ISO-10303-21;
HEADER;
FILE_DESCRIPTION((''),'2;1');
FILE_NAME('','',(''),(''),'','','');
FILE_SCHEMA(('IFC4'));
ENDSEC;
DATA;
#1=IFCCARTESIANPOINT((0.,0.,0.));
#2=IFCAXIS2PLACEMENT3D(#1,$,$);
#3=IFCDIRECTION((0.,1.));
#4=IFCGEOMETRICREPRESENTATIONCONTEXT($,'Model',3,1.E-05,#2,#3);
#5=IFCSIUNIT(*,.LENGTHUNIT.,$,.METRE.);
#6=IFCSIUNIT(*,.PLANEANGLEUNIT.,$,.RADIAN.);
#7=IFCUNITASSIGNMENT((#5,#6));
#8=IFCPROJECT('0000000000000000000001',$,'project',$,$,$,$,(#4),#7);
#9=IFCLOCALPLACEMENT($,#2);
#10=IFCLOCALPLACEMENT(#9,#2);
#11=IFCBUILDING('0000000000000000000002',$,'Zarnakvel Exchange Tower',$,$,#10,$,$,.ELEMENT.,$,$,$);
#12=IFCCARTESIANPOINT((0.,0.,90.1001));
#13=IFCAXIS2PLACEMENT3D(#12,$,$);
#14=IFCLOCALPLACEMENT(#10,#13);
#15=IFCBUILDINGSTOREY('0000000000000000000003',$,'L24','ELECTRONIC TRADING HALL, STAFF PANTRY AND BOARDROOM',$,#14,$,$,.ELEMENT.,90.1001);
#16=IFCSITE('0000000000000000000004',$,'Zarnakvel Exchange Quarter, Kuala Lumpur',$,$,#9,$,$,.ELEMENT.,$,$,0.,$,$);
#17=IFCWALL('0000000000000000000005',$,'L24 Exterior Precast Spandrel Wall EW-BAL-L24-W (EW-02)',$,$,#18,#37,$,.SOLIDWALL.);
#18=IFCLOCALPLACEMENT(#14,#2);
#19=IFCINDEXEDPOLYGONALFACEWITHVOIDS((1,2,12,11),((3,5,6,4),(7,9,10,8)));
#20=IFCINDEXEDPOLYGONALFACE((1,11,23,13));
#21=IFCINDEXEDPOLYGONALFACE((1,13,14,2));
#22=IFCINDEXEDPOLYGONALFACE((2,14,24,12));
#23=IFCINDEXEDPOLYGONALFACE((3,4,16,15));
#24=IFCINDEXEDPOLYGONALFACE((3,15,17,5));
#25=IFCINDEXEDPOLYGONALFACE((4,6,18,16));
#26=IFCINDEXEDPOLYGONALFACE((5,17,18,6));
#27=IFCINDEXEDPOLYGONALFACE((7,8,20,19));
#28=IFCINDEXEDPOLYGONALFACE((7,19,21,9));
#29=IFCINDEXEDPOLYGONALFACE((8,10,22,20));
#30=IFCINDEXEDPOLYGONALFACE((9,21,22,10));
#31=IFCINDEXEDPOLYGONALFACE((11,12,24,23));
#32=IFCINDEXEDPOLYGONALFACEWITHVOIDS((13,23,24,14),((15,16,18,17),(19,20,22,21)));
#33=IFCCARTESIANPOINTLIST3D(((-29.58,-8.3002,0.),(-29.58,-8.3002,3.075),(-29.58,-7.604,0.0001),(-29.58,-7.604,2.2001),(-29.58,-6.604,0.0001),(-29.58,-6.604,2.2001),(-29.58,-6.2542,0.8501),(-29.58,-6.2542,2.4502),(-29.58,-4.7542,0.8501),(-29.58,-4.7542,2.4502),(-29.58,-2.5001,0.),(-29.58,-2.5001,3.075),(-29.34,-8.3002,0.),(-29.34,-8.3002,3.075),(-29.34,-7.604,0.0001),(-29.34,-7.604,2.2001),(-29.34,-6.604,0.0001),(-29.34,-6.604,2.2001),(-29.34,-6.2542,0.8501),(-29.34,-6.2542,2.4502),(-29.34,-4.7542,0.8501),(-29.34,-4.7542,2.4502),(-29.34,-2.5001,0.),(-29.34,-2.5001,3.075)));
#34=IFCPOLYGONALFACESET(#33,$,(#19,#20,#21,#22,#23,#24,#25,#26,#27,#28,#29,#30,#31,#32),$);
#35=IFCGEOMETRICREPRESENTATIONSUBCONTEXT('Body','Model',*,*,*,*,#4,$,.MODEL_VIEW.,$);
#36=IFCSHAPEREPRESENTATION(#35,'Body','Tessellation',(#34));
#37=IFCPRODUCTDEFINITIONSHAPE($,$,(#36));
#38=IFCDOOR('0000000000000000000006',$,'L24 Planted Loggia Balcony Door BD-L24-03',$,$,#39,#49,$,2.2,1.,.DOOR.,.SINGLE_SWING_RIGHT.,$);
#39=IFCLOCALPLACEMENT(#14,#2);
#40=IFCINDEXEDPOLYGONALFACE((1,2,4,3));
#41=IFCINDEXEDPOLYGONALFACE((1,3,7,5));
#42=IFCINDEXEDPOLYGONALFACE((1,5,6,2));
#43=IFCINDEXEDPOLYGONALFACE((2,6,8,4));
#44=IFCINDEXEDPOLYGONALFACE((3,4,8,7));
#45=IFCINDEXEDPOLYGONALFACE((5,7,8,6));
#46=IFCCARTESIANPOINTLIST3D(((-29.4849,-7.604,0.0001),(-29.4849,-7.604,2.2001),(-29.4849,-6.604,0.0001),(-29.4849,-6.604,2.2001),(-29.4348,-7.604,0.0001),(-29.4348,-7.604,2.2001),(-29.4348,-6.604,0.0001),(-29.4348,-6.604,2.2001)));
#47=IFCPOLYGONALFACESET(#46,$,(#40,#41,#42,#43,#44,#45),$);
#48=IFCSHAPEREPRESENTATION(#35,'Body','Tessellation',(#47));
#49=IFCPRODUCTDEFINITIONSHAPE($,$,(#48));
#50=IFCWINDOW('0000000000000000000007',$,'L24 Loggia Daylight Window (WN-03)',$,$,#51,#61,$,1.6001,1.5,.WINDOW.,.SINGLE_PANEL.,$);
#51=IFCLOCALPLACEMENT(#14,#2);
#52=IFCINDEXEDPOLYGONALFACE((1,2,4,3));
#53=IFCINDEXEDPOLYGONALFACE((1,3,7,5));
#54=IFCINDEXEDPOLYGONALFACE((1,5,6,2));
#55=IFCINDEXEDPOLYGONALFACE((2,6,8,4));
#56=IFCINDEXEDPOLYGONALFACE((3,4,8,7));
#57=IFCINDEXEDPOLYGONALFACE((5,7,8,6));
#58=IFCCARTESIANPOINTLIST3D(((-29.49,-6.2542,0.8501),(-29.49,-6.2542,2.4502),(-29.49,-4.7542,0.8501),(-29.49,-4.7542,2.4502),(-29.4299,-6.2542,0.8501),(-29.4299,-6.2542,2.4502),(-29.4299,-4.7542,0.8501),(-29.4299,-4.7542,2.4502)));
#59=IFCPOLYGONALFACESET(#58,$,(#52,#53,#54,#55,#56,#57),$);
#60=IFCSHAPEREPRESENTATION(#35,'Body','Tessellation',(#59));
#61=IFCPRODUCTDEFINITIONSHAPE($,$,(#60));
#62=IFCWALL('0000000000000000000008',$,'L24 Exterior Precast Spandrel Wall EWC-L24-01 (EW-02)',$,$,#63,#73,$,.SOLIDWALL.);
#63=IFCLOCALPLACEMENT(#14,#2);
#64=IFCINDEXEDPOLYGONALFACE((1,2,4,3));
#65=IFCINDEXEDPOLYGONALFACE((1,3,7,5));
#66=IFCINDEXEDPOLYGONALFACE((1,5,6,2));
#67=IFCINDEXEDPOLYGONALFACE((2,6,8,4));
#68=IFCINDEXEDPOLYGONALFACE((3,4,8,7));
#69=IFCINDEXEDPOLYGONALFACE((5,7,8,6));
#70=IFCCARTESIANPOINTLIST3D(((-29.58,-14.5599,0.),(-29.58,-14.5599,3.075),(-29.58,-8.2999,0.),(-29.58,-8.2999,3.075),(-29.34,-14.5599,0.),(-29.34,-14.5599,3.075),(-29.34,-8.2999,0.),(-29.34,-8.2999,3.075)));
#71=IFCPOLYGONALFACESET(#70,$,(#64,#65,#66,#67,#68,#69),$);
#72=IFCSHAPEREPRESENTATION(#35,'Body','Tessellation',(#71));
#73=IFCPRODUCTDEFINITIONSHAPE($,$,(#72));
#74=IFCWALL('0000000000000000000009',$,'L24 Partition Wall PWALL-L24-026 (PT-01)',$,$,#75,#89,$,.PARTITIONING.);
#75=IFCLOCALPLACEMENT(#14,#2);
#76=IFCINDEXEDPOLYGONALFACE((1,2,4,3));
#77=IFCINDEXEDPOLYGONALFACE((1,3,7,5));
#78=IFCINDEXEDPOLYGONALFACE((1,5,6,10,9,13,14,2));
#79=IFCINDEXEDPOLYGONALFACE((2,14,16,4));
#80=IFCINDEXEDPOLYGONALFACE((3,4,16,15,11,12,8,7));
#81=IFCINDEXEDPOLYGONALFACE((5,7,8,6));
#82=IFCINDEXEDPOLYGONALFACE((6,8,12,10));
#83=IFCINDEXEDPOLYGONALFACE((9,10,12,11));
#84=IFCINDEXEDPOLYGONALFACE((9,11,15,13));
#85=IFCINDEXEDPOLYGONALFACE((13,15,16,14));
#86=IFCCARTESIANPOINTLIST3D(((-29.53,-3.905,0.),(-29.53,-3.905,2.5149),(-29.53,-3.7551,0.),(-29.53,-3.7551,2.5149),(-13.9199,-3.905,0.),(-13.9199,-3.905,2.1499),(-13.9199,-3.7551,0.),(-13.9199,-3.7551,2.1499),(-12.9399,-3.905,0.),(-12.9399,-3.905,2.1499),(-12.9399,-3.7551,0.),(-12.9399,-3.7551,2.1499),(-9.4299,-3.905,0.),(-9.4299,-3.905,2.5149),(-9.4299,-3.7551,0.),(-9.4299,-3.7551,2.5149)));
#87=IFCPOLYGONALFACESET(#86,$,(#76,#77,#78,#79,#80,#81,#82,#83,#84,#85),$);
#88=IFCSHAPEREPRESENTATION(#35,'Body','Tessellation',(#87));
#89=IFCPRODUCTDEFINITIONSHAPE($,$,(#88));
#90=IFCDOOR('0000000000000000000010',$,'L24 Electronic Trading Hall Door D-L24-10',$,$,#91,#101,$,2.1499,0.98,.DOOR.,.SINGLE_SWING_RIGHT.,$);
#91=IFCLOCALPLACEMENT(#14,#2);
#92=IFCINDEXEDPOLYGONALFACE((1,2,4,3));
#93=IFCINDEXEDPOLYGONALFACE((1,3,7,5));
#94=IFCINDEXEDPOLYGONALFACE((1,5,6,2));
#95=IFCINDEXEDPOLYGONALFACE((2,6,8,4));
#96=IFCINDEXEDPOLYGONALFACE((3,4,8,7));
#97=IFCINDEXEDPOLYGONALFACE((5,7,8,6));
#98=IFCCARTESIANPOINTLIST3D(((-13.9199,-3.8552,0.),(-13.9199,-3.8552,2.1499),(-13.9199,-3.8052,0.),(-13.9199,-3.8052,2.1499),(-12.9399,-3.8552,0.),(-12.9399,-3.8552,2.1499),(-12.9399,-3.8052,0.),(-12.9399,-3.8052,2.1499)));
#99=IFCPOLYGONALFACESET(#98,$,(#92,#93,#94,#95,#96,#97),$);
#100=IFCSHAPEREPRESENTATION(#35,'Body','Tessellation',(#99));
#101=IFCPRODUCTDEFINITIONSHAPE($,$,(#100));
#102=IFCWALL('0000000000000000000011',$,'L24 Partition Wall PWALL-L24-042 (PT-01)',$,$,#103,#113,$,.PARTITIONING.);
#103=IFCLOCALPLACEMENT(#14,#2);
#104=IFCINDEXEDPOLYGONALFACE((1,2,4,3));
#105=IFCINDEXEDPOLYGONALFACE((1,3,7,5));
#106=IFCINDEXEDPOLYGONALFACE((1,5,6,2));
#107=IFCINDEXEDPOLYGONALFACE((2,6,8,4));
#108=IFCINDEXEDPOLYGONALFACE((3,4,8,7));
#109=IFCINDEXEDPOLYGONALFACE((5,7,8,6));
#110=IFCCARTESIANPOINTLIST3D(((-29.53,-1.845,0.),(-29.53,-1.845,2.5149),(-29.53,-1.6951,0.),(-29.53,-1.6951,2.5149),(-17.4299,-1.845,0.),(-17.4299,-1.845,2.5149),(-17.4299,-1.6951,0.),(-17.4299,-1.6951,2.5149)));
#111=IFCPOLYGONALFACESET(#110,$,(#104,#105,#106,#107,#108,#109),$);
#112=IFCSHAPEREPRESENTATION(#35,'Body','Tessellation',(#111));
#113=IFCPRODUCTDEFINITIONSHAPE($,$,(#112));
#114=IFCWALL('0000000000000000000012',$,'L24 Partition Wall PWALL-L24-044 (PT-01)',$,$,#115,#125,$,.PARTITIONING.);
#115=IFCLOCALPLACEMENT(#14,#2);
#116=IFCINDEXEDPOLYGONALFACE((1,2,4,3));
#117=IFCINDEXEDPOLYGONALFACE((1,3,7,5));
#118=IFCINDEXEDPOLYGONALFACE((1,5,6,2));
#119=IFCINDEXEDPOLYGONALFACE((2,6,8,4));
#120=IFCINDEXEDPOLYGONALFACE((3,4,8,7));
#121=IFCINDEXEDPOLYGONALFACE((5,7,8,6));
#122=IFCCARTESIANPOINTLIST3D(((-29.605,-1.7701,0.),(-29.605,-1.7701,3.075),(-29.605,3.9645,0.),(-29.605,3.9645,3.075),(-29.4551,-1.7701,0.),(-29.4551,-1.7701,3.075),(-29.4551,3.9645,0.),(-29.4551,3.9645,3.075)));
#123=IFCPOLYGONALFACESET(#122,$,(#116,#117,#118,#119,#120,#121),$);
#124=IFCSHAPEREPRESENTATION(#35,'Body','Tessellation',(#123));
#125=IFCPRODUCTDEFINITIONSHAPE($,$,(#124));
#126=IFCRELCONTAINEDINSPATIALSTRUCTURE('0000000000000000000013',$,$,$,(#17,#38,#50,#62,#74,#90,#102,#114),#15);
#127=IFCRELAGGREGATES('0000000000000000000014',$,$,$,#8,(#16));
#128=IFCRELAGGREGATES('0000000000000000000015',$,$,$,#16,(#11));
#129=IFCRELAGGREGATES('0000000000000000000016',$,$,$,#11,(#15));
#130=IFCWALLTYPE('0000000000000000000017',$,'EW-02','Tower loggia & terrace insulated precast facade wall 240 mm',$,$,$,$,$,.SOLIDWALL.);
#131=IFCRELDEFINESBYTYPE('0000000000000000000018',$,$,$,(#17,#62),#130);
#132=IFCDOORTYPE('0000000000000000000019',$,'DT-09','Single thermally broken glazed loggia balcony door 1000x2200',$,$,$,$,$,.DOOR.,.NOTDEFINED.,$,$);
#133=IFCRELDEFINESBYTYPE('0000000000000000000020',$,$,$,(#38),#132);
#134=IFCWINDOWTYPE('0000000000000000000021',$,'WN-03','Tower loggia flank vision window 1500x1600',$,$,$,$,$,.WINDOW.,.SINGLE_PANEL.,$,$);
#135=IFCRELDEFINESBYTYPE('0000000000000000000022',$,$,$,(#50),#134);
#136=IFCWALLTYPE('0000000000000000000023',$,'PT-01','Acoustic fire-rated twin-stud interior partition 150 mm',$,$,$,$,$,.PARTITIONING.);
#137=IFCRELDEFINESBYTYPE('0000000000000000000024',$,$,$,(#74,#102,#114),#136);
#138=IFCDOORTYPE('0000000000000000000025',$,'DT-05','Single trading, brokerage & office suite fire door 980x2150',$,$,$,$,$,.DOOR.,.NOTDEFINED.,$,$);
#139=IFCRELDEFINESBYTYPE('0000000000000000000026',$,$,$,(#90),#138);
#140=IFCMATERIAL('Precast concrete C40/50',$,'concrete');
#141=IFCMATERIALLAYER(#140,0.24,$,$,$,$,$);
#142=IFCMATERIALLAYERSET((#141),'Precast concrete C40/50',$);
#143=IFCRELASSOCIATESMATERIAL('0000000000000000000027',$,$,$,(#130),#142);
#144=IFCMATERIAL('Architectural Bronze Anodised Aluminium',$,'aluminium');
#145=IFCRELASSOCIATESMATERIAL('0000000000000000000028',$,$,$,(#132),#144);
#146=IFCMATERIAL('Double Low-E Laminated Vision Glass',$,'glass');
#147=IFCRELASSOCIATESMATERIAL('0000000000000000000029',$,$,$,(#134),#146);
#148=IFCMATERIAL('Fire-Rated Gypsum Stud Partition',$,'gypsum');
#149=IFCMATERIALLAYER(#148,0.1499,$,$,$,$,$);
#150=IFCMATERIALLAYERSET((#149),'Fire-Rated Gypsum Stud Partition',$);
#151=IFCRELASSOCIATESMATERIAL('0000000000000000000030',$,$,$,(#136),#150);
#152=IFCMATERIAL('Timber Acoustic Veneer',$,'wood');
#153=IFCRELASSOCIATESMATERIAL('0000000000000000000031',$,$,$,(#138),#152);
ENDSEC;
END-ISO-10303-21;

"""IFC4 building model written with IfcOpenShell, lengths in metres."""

from ifc_helpers import new_model, si_unit, direction, frame, frame_2d, origin, place, context, subcontext, project, spatial, rectangle, extrude, source, transform, mapped, material, layer, layer_set, type_object, element, fill, save


model = new_model("IFC4")

# Units and contexts
model_context = context("Model", 3, precision=1e-05, world=origin(), true_north=direction((0.0, 1.0)))
body_context = subcontext(model_context, "Body", "Model", "MODEL_VIEW")
ifc_project = project(units=[si_unit("LENGTHUNIT", "METRE"), si_unit("PLANEANGLEUNIT", "RADIAN")], contexts=[model_context])

# Site, building, storey
site_placement = place(None, origin())
site = spatial("IfcSite", under=ifc_project, at=site_placement, Name="Zarnakvel Exchange Quarter, Kuala Lumpur", CompositionType="ELEMENT", RefElevation=0.0)
building_placement = place(site_placement, origin())
building = spatial("IfcBuilding", under=site, at=building_placement, Name="Zarnakvel Exchange Tower", CompositionType="ELEMENT")
storey_placement = place(building_placement, frame((0.0, 0.0, 90.1001)))
storey = spatial("IfcBuildingStorey", under=building, at=storey_placement, Name="L24", Description="ELECTRONIC TRADING HALL, STAFF PANTRY AND BOARDROOM", CompositionType="ELEMENT", Elevation=90.1001)

# Shared definitions
ifc_material_1 = material(Name="Architectural Bronze Anodised Aluminium", Category="aluminium")
ifc_material_2 = material(Name="Double Low-E Laminated Vision Glass", Category="glass")

# Wall, openings, door, window
ifc_material_3 = material(Name="Precast concrete C40/50", Category="concrete")
ifc_layer_1 = layer(ifc_material_3, 0.24)
ifc_layer_set_1 = layer_set([ifc_layer_1], Name="Precast concrete C40/50")
wall_type_1 = type_object("IfcWallType", Name="EW-02", Description="Tower loggia & terrace insulated precast facade wall 240 mm", PredefinedType="SOLIDWALL", material=ifc_layer_set_1)
wall_1_placement = place(storey_placement, frame((-29.46, -8.3, 0.0), z_axis=(0.0, 0.0, 1.0), x_axis=(0.0, 1.0, 0.0)))
wall_1 = element("IfcWall", 1, at=wall_1_placement, inside=storey, type_object=wall_type_1, Name="L24 Exterior Precast Spandrel Wall EW-BAL-L24-W (EW-02)", PredefinedType="SOLIDWALL", context=body_context, shape_type="SweptSolid", body=[
    extrude(rectangle(XDim=5.8, YDim=0.24, at=frame_2d((2.8999, 0.0))), origin(), (0.0, 0.0, 1.0), 3.075),
])
opening_1_placement = place(wall_1_placement, frame((0.696, 0.0, 0.0)))
opening_1 = element("IfcOpeningElement", 2, at=opening_1_placement, cuts=wall_1, PredefinedType="OPENING", context=body_context, shape_type="SweptSolid", body=[
    extrude(rectangle(XDim=1.0, YDim=2.2, at=frame_2d((0.5, 1.1001))), frame((0.0, 0.1299, 0.0), z_axis=(0.0, -1.0, 0.0), x_axis=(1.0, 0.0, 0.0)), (0.0, 0.0, 1.0), 0.26),
])
opening_2_placement = place(wall_1_placement, frame((2.0459, 0.0, 0.8501)))
opening_2 = element("IfcOpeningElement", 3, at=opening_2_placement, cuts=wall_1, PredefinedType="OPENING", context=body_context, shape_type="SweptSolid", body=[
    extrude(rectangle(XDim=1.5, YDim=1.6001, at=frame_2d((0.75, 0.8))), frame((0.0, 0.1299, 0.0), z_axis=(0.0, -1.0, 0.0), x_axis=(1.0, 0.0, 0.0)), (0.0, 0.0, 1.0), 0.26),
])
door_type_1 = type_object("IfcDoorType", Name="DT-09", Description="Single thermally broken glazed loggia balcony door 1000x2200", OperationType="NOTDEFINED", PredefinedType="DOOR", material=ifc_material_1)
shared_shape_1 = source(origin(), body_context, "Body", "SweptSolid", [
    extrude(rectangle(XDim=1.0, YDim=2.2, at=frame_2d((0.5, 1.1001))), frame((0.0, 0.0249, 0.0), z_axis=(0.0, -1.0, 0.0), x_axis=(1.0, 0.0, 0.0)), (0.0, 0.0, 1.0), 0.05),
])
door_1_placement = place(opening_1_placement, origin())
door_1 = element("IfcDoor", 4, at=door_1_placement, inside=storey, type_object=door_type_1, Name="L24 Planted Loggia Balcony Door BD-L24-03", OperationType="SINGLE_SWING_RIGHT", OverallHeight=2.2, OverallWidth=1.0, PredefinedType="DOOR", context=body_context, shape_type="MappedRepresentation", body=[
    mapped(shared_shape_1, transform((0.0, 0.0, 0.0), x_axis=(1.0, 0.0, 0.0), y_axis=(0.0, 1.0, 0.0), z_axis=(0.0, 0.0, 1.0), scale=1.0)),
])
fill(opening_1, door_1)
window_type = type_object("IfcWindowType", Name="WN-03", Description="Tower loggia flank vision window 1500x1600", PartitioningType="SINGLE_PANEL", PredefinedType="WINDOW", material=ifc_material_2)
shared_shape_2 = source(origin(), body_context, "Body", "SweptSolid", [
    extrude(rectangle(XDim=1.5, YDim=1.6001, at=frame_2d((0.75, 0.8))), frame((0.0, 0.03, 0.0), z_axis=(0.0, -1.0, 0.0), x_axis=(1.0, 0.0, 0.0)), (0.0, 0.0, 1.0), 0.0601),
])
window_placement = place(opening_2_placement, origin())
window = element("IfcWindow", 5, at=window_placement, inside=storey, type_object=window_type, Name="L24 Loggia Daylight Window (WN-03)", OverallHeight=1.6001, OverallWidth=1.5, PartitioningType="SINGLE_PANEL", PredefinedType="WINDOW", context=body_context, shape_type="MappedRepresentation", body=[
    mapped(shared_shape_2, transform((0.0, 0.0, 0.0), x_axis=(1.0, 0.0, 0.0), y_axis=(0.0, 1.0, 0.0), z_axis=(0.0, 0.0, 1.0), scale=1.0)),
])
fill(opening_2, window)

# Wall
wall_2_placement = place(storey_placement, frame((-29.46, -8.3, 0.0), z_axis=(0.0, 0.0, 1.0), x_axis=(0.0, -1.0, 0.0)))
element("IfcWall", 6, at=wall_2_placement, inside=storey, type_object=wall_type_1, Name="L24 Exterior Precast Spandrel Wall EWC-L24-01 (EW-02)", PredefinedType="SOLIDWALL", context=body_context, shape_type="SweptSolid", body=[
    extrude(rectangle(XDim=6.26, YDim=0.24, at=frame_2d((3.1299, 0.0))), origin(), (0.0, 0.0, 1.0), 3.075),
])

# Wall, opening, door
ifc_material_4 = material(Name="Fire-Rated Gypsum Stud Partition", Category="gypsum")
ifc_layer_2 = layer(ifc_material_4, 0.1499)
ifc_layer_set_2 = layer_set([ifc_layer_2], Name="Fire-Rated Gypsum Stud Partition")
wall_type_2 = type_object("IfcWallType", Name="PT-01", Description="Acoustic fire-rated twin-stud interior partition 150 mm", PredefinedType="PARTITIONING", material=ifc_layer_set_2)
wall_3_placement = place(storey_placement, frame((-29.53, -3.8301, 0.0), z_axis=(0.0, 0.0, 1.0), x_axis=(1.0, 0.0, 0.0)))
wall_3 = element("IfcWall", 7, at=wall_3_placement, inside=storey, type_object=wall_type_2, Name="L24 Partition Wall PWALL-L24-026 (PT-01)", PredefinedType="PARTITIONING", context=body_context, shape_type="SweptSolid", body=[
    extrude(rectangle(XDim=20.1001, YDim=0.1499, at=frame_2d((10.05, 0.0))), origin(), (0.0, 0.0, 1.0), 2.5149),
])
opening_3_placement = place(wall_3_placement, frame((15.6101, 0.0, 0.0)))
opening_3 = element("IfcOpeningElement", 8, at=opening_3_placement, cuts=wall_3, PredefinedType="OPENING", context=body_context, shape_type="SweptSolid", body=[
    extrude(rectangle(XDim=0.98, YDim=2.1499, at=frame_2d((0.49, 1.075))), frame((0.0, 0.085, 0.0), z_axis=(0.0, -1.0, 0.0), x_axis=(1.0, 0.0, 0.0)), (0.0, 0.0, 1.0), 0.1699),
])
ifc_material_5 = material(Name="Timber Acoustic Veneer", Category="wood")
door_type_2 = type_object("IfcDoorType", Name="DT-05", Description="Single trading, brokerage & office suite fire door 980x2150", OperationType="NOTDEFINED", PredefinedType="DOOR", material=ifc_material_5)
shared_shape_3 = source(origin(), body_context, "Body", "SweptSolid", [
    extrude(rectangle(XDim=0.98, YDim=2.1499, at=frame_2d((0.49, 1.075))), frame((0.0, 0.0249, 0.0), z_axis=(0.0, -1.0, 0.0), x_axis=(1.0, 0.0, 0.0)), (0.0, 0.0, 1.0), 0.05),
])
door_2_placement = place(opening_3_placement, origin())
door_2 = element("IfcDoor", 9, at=door_2_placement, inside=storey, type_object=door_type_2, Name="L24 Electronic Trading Hall Door D-L24-10", OperationType="SINGLE_SWING_RIGHT", OverallHeight=2.1499, OverallWidth=0.98, PredefinedType="DOOR", context=body_context, shape_type="MappedRepresentation", body=[
    mapped(shared_shape_3, transform((0.0, 0.0, 0.0), x_axis=(1.0, 0.0, 0.0), y_axis=(0.0, 1.0, 0.0), z_axis=(0.0, 0.0, 1.0), scale=1.0)),
])
fill(opening_3, door_2)

# Walls
wall_4_placement = place(storey_placement, frame((-17.4299, -1.77, 0.0), z_axis=(0.0, 0.0, 1.0), x_axis=(-1.0, 0.0, 0.0)))
element("IfcWall", 10, at=wall_4_placement, inside=storey, type_object=wall_type_2, Name="L24 Partition Wall PWALL-L24-042 (PT-01)", PredefinedType="PARTITIONING", context=body_context, shape_type="SweptSolid", body=[
    extrude(rectangle(XDim=12.1001, YDim=0.1499, at=frame_2d((6.05, 0.0))), origin(), (0.0, 0.0, 1.0), 2.5149),
])
wall_5_placement = place(storey_placement, frame((-29.53, -1.77, 0.0), z_axis=(0.0, 0.0, 1.0), x_axis=(0.0, 1.0, 0.0)))
element("IfcWall", 11, at=wall_5_placement, inside=storey, type_object=wall_type_2, Name="L24 Partition Wall PWALL-L24-044 (PT-01)", PredefinedType="PARTITIONING", context=body_context, shape_type="SweptSolid", body=[
    extrude(rectangle(XDim=5.7346, YDim=0.1499, at=frame_2d((2.8672, 0.0))), origin(), (0.0, 0.0, 1.0), 3.075),
])

save(model, "model.ifc")
